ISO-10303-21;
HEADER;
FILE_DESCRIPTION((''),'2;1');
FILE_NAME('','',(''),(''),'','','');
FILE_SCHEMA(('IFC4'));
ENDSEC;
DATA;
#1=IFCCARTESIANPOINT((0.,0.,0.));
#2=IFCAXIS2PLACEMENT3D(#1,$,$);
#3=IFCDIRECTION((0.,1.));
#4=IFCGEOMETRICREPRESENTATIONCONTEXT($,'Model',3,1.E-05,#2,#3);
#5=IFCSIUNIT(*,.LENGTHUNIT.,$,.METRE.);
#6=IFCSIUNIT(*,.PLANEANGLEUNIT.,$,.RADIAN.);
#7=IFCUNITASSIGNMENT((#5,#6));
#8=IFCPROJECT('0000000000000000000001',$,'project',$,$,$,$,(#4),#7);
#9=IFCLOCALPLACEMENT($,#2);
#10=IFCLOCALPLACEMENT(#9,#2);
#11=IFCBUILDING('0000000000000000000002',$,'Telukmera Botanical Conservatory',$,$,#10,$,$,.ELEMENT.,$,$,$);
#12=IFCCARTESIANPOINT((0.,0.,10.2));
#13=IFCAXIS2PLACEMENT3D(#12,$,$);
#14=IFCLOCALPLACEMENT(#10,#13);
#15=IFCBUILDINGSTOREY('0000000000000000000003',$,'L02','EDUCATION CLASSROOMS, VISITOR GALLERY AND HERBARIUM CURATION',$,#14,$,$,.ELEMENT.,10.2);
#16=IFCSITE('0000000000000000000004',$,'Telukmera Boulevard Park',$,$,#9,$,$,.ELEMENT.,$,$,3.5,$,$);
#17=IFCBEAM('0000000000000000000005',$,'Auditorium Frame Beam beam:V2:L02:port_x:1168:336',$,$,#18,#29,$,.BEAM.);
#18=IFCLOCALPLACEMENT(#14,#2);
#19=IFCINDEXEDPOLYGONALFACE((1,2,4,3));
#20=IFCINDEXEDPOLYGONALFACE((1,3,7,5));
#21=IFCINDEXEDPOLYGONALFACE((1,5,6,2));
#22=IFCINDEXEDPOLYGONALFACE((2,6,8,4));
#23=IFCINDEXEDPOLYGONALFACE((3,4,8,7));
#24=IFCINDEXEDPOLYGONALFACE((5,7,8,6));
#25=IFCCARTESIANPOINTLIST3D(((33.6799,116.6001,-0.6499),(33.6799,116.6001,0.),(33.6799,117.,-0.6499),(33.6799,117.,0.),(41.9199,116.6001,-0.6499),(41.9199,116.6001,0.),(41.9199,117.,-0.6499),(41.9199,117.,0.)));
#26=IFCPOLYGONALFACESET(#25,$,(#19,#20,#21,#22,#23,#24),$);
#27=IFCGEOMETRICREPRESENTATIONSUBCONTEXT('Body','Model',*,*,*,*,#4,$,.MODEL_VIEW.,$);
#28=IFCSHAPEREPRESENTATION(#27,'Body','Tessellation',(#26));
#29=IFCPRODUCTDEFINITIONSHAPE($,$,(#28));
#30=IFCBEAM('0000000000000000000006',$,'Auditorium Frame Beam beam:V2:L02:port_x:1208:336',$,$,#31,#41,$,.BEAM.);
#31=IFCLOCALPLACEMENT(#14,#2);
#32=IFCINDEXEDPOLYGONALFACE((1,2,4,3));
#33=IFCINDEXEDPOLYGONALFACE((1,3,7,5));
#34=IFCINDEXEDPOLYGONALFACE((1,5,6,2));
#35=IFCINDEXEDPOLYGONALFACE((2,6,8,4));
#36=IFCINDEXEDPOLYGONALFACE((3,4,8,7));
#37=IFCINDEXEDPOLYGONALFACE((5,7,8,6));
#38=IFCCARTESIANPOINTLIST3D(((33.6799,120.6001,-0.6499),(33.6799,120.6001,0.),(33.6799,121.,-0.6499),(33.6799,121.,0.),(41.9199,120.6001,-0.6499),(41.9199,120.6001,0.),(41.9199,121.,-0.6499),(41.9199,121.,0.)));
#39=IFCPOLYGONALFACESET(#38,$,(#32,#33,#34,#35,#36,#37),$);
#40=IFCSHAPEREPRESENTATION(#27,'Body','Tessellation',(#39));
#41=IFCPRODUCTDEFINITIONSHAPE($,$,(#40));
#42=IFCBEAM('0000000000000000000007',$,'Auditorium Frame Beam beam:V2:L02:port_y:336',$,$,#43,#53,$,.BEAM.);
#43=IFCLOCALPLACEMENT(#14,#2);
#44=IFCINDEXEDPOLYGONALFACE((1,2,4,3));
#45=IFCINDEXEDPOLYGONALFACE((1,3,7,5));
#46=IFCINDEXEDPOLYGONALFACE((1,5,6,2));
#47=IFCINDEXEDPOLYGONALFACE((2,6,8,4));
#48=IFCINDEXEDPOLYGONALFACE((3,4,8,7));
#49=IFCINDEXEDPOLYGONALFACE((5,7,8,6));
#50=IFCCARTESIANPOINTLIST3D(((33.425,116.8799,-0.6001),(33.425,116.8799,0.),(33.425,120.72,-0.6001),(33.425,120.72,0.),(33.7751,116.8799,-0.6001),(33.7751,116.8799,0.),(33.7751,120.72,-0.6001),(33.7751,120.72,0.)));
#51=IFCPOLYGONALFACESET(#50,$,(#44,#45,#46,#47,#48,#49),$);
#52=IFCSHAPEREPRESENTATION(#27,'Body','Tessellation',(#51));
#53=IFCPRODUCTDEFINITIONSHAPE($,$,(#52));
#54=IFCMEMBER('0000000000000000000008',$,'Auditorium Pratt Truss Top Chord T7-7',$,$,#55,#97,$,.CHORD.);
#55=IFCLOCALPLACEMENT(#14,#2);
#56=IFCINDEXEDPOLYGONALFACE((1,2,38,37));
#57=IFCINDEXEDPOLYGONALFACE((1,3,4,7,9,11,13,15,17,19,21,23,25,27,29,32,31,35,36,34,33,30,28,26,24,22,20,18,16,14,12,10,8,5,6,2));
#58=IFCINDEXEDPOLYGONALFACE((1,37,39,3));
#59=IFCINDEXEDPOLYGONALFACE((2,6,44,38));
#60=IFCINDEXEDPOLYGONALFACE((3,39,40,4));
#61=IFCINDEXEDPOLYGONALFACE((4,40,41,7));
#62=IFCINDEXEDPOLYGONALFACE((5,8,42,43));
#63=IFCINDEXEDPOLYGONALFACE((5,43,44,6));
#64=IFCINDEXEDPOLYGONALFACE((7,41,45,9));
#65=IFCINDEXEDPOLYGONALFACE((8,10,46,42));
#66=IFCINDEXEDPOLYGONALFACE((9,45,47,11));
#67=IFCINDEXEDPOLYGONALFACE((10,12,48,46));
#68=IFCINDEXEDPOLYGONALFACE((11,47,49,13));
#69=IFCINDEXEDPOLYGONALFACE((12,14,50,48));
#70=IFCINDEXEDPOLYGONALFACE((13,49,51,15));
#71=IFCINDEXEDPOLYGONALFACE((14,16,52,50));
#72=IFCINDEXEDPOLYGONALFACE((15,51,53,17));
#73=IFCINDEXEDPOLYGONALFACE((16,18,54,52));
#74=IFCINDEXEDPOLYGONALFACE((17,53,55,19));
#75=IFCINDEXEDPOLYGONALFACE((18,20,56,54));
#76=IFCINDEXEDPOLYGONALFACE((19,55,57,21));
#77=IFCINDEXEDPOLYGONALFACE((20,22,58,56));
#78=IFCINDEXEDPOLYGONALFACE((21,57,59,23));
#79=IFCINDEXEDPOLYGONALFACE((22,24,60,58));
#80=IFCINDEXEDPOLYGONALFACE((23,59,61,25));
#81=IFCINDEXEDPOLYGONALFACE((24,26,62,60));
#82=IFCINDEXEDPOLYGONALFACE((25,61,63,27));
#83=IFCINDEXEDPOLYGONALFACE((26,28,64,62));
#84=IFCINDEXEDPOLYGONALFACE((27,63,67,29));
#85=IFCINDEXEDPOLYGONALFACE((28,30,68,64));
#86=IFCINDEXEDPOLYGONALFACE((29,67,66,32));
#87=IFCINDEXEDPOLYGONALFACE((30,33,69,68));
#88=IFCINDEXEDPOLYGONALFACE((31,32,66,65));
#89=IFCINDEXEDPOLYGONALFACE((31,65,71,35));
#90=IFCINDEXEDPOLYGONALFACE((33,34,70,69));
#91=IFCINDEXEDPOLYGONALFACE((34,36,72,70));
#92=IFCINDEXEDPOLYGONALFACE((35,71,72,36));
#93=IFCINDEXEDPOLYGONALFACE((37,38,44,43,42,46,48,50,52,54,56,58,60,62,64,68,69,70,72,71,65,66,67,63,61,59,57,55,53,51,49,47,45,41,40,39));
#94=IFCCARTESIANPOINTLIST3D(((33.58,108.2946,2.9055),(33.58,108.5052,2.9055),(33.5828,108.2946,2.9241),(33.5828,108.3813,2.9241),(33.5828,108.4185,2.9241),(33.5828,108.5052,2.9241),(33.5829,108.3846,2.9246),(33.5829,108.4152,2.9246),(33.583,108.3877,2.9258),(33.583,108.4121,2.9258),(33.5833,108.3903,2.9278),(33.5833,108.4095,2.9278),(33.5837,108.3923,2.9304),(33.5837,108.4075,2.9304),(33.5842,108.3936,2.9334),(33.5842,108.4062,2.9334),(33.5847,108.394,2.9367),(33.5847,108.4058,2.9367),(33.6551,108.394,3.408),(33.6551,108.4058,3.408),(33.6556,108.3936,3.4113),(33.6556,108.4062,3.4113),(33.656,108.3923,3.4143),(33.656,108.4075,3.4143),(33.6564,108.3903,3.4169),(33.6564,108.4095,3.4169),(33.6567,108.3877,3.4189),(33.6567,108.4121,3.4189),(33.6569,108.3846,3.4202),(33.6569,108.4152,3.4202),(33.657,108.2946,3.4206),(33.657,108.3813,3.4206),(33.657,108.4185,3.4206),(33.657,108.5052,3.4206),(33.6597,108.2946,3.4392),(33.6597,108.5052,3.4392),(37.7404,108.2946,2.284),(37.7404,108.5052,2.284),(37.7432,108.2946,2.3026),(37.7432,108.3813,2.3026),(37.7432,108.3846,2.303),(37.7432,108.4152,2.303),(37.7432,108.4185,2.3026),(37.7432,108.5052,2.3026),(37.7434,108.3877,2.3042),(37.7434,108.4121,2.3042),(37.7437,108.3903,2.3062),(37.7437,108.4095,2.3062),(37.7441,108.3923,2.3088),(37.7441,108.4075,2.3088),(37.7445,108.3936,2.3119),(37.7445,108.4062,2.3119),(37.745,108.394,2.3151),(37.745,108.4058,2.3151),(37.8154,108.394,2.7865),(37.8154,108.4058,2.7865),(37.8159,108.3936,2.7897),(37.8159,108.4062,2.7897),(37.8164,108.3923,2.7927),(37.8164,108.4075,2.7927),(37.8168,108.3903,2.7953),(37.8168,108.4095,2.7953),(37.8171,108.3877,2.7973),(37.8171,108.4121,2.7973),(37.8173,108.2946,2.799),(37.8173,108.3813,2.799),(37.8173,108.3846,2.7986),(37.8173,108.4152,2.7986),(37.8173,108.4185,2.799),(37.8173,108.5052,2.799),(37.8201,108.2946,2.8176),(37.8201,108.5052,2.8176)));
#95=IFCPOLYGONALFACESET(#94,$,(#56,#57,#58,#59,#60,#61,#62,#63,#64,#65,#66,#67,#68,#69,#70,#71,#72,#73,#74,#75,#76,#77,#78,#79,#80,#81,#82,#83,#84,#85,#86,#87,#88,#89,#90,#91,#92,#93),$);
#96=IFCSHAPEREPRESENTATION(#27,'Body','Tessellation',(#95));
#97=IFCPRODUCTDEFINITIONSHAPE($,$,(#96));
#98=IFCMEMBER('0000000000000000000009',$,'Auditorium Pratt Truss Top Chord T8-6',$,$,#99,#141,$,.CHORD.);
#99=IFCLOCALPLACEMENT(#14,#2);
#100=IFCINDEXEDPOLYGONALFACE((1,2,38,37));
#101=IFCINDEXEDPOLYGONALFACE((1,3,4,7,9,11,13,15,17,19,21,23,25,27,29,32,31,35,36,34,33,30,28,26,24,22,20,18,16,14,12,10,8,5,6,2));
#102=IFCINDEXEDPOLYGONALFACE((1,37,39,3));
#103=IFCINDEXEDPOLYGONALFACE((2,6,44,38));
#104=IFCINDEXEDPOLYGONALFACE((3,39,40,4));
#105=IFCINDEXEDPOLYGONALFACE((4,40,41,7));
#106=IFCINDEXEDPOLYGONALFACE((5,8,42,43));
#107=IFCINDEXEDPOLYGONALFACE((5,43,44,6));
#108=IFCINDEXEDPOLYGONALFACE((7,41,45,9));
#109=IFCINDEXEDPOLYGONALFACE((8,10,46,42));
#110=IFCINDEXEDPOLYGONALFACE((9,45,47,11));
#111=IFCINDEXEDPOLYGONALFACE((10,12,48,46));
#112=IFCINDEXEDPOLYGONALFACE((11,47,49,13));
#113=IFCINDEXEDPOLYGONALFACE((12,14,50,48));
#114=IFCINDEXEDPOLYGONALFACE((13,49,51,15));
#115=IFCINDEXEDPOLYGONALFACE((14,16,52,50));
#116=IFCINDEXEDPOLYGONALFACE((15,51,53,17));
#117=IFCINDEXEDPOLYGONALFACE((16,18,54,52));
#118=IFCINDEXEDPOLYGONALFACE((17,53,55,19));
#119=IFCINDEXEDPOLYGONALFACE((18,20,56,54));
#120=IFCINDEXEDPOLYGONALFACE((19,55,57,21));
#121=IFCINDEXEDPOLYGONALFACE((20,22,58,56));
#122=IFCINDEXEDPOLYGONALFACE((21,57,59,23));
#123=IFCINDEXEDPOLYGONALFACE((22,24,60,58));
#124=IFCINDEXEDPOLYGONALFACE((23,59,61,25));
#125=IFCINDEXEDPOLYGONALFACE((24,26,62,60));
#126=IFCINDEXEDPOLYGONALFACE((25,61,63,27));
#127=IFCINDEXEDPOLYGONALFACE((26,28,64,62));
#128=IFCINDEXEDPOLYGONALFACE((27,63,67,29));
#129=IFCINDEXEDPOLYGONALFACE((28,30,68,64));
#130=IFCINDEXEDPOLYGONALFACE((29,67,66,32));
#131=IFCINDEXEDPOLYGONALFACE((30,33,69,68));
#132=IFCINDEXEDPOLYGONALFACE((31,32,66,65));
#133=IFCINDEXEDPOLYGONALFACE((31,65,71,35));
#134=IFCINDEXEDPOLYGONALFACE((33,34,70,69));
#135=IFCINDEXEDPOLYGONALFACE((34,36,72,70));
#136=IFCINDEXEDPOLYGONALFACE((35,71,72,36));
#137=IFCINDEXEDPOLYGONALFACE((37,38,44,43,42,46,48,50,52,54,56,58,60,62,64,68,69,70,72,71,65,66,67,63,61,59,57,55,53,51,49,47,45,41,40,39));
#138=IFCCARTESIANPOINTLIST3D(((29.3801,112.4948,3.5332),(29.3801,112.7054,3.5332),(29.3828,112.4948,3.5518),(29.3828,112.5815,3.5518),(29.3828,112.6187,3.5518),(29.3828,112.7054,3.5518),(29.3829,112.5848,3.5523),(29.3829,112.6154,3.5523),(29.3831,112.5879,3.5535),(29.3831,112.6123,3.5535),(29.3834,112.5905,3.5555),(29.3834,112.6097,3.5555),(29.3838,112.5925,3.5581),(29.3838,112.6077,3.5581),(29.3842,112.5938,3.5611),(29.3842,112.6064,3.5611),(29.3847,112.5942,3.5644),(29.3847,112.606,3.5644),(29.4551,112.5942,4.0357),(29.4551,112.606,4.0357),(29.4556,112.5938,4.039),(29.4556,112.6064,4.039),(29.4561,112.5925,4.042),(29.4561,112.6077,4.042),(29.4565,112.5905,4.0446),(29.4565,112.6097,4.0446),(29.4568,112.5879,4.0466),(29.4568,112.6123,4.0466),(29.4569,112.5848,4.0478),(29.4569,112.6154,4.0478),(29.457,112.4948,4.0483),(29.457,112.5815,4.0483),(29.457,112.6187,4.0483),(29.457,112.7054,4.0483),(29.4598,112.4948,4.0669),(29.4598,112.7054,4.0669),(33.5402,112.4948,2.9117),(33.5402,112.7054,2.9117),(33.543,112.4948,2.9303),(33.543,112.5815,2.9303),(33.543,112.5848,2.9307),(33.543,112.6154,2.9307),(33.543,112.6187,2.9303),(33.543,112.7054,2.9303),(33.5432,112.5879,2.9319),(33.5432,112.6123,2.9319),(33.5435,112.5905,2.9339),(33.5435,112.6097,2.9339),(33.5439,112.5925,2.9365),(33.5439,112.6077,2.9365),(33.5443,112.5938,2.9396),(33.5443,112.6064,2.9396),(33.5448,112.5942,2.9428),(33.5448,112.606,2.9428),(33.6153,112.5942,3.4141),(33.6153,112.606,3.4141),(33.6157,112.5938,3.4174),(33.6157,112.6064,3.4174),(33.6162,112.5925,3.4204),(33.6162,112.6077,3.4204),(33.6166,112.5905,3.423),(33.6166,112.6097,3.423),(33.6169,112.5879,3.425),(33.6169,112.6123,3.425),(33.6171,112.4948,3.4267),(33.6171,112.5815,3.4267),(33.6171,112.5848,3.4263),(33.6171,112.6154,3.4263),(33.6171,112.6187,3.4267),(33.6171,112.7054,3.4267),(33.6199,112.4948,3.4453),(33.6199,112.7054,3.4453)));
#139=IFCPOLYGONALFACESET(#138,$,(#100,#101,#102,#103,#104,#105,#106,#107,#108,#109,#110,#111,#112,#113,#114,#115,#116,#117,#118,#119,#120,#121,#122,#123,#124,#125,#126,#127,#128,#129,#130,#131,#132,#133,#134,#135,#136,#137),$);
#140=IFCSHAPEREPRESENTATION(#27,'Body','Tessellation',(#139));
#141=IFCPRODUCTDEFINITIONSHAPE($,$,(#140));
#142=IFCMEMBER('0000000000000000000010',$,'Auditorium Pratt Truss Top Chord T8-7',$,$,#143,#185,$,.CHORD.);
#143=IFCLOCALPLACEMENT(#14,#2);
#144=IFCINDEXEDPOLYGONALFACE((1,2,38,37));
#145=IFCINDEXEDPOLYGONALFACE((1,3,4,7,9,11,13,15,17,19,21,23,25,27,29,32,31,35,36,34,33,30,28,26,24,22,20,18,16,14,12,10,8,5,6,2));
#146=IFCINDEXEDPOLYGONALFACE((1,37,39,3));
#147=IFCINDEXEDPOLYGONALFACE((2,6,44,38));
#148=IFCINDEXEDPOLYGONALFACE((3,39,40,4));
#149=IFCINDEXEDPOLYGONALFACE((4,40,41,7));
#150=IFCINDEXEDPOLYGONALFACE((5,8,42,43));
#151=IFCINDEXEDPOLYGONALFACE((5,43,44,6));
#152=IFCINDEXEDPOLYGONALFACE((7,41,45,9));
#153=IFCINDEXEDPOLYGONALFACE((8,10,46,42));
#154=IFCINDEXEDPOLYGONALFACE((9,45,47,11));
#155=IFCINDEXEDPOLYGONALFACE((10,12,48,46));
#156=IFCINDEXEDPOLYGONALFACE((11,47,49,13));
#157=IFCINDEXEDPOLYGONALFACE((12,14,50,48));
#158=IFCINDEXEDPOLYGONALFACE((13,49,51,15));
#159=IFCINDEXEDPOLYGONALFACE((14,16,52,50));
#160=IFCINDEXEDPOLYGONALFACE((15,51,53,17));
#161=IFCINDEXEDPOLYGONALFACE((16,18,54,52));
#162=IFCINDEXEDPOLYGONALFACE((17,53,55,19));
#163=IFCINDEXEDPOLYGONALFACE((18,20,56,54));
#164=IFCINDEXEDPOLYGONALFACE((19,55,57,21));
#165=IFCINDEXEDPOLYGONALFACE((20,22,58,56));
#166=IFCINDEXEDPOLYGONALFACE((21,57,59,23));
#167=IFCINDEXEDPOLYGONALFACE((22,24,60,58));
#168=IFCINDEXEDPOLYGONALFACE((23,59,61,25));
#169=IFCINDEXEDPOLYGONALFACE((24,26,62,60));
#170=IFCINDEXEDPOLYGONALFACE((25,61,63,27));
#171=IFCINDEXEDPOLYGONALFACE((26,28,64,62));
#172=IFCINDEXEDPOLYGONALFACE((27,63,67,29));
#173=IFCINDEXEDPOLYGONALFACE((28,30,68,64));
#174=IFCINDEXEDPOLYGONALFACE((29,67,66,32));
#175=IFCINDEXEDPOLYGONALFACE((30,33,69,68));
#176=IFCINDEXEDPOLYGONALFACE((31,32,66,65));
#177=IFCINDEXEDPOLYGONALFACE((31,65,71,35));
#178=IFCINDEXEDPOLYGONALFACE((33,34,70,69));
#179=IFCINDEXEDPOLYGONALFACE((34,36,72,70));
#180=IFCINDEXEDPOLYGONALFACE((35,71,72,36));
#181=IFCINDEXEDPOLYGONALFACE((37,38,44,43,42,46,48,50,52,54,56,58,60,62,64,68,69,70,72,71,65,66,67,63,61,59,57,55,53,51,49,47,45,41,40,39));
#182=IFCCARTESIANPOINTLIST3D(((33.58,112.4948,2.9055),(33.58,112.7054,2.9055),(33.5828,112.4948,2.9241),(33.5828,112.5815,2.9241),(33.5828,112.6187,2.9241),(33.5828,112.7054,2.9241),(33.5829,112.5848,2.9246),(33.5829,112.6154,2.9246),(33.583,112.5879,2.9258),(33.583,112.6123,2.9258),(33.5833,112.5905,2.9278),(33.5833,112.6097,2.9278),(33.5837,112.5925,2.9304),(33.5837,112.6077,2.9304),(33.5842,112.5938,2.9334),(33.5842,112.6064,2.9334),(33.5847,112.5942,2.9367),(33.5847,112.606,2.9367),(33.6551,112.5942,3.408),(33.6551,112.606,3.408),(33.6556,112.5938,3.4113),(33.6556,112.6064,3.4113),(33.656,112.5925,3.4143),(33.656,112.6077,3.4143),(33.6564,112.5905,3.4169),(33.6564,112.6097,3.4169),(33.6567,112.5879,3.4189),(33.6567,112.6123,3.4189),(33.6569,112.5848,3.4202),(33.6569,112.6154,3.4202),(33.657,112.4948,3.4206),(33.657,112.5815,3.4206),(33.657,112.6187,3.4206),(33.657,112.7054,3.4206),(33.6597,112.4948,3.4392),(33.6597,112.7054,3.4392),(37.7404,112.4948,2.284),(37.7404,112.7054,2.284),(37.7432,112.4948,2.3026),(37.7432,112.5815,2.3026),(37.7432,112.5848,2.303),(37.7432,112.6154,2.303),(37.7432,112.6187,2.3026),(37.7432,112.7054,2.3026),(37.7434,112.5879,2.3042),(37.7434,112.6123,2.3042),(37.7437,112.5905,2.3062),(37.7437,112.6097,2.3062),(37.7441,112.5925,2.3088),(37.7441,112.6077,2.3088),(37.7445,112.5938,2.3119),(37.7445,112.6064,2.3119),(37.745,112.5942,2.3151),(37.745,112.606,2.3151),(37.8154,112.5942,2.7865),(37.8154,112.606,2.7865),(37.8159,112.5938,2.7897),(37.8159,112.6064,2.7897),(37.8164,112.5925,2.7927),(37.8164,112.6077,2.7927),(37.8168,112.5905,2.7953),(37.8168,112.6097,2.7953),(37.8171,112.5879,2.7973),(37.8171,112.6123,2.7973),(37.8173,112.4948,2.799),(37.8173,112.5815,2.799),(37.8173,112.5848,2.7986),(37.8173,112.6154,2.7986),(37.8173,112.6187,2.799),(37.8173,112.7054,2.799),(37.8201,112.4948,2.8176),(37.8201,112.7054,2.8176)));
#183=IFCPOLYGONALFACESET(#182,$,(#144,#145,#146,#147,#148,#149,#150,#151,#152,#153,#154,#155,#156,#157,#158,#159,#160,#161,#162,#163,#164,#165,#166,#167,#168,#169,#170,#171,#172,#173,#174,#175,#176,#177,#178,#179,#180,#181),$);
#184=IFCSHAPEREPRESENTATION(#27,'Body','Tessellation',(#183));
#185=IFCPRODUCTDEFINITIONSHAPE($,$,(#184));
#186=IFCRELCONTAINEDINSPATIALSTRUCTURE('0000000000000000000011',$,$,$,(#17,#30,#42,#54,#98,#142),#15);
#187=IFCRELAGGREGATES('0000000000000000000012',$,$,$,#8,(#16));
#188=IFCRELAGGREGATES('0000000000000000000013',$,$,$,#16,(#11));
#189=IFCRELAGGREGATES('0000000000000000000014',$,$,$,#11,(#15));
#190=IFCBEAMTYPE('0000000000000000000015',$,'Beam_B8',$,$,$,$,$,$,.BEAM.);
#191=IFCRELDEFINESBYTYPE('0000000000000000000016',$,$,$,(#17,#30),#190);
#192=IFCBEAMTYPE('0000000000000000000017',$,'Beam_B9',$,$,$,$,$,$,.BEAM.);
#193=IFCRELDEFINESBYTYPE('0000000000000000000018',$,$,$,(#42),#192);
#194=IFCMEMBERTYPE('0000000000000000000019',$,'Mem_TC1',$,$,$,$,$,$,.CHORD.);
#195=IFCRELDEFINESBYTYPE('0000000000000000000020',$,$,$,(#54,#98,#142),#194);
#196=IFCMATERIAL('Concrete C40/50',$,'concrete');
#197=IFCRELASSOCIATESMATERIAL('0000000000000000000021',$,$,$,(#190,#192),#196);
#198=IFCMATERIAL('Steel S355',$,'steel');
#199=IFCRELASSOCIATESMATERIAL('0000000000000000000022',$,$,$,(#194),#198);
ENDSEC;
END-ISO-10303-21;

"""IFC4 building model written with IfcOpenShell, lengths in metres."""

from ifc_helpers import new_model, si_unit, direction, frame, origin, origin_2d, place, context, subcontext, project, spatial, rectangle, i_section, extrude, material, material_profile, profile_set, type_object, element, save


model = new_model("IFC4")

# Units and contexts
model_context = context("Model", 3, precision=1e-05, world=origin(), true_north=direction((0.0, 1.0)))
body_context = subcontext(model_context, "Body", "Model", "MODEL_VIEW")
ifc_project = project(units=[si_unit("LENGTHUNIT", "METRE"), si_unit("PLANEANGLEUNIT", "RADIAN")], contexts=[model_context])

# Site, building, storey
site_placement = place(None, origin())
site = spatial("IfcSite", under=ifc_project, at=site_placement, Name="Telukmera Boulevard Park", CompositionType="ELEMENT", RefElevation=3.5)
building_placement = place(site_placement, origin())
building = spatial("IfcBuilding", under=site, at=building_placement, Name="Telukmera Botanical Conservatory", CompositionType="ELEMENT")
storey_placement = place(building_placement, frame((0.0, 0.0, 10.2)))
storey = spatial("IfcBuildingStorey", under=building, at=storey_placement, Name="L02", Description="EDUCATION CLASSROOMS, VISITOR GALLERY AND HERBARIUM CURATION", CompositionType="ELEMENT", Elevation=10.2)

# Beams
ifc_material_1 = material(Name="Concrete C40/50", Category="concrete")
ifc_material_profile_1 = material_profile(ifc_material_1, rectangle(XDim=0.3999, YDim=0.6499, at=origin_2d()), Name="RC 400x650")
ifc_profile_set_1 = profile_set([ifc_material_profile_1], Name="Concrete C40/50")
beam_type_1 = type_object("IfcBeamType", Name="Beam_B8", PredefinedType="BEAM", material=ifc_profile_set_1)
for number, where, z_axis, x_axis, name in (
    (1, (33.6799, 116.8, -0.325), (1.0, 0.0, 0.0), (0.0, 1.0, 0.0), "Auditorium Frame Beam beam:V2:L02:port_x:1168:336"),
    (2, (33.6799, 120.8, -0.325), (1.0, 0.0, 0.0), (0.0, 1.0, 0.0), "Auditorium Frame Beam beam:V2:L02:port_x:1208:336"),
):
    element("IfcBeam", number, at=place(storey_placement, frame(where, z_axis=z_axis, x_axis=x_axis)), inside=storey, type_object=beam_type_1, Name=name, PredefinedType="BEAM", context=body_context, shape_type="SweptSolid", body=[
        extrude(rectangle(XDim=0.3999, YDim=0.6499, at=origin_2d()), origin(), (0.0, 0.0, 1.0), 8.24),
    ])
ifc_material_profile_2 = material_profile(ifc_material_1, rectangle(XDim=0.3501, YDim=0.6001, at=origin_2d()), Name="RC 350x600")
ifc_profile_set_2 = profile_set([ifc_material_profile_2], Name="Concrete C40/50")
beam_type_2 = type_object("IfcBeamType", Name="Beam_B9", PredefinedType="BEAM", material=ifc_profile_set_2)
beam_placement = place(storey_placement, frame((33.6001, 116.8799, -0.3), z_axis=(0.0, 1.0, 0.0), x_axis=(-1.0, 0.0, 0.0)))
element("IfcBeam", 3, at=beam_placement, inside=storey, type_object=beam_type_2, Name="Auditorium Frame Beam beam:V2:L02:port_y:336", PredefinedType="BEAM", context=body_context, shape_type="SweptSolid", body=[
    extrude(rectangle(XDim=0.3501, YDim=0.6001, at=origin_2d()), origin(), (0.0, 0.0, 1.0), 3.8401),
])

# Members
ifc_material_2 = material(Name="Steel S355", Category="steel")
ifc_material_profile_3 = material_profile(ifc_material_2, i_section(OverallWidth=0.2107, OverallDepth=0.5396, WebThickness=0.0117, FlangeThickness=0.0188, FilletRadius=0.0127, at=origin_2d()), Name="UB 533x210x109")
ifc_profile_set_3 = profile_set([ifc_material_profile_3], Name="Steel S355")
member_type_1 = type_object("IfcMemberType", Name="Mem_TC1", PredefinedType="CHORD", material=ifc_profile_set_3)
member_1_placement = place(storey_placement, frame((33.6199, 108.3999, 3.1724), z_axis=(0.989023, 0.0, -0.147764), x_axis=(0.0, 1.0, 0.0)))
element("IfcMember", 4, at=member_1_placement, inside=storey, type_object=member_type_1, Name="Auditorium Pratt Truss Top Chord T7-7", PredefinedType="CHORD", context=body_context, shape_type="SweptSolid", body=[
    extrude(i_section(OverallWidth=0.2107, OverallDepth=0.5396, WebThickness=0.0117, FlangeThickness=0.0188, FilletRadius=0.0127, at=origin_2d()), origin(), (0.0, 0.0, 1.0), 4.2065),
])
member_2_placement = place(storey_placement, frame((29.4199, 112.6001, 3.8), z_axis=(0.989021, 0.0, -0.147773), x_axis=(0.0, 1.0, 0.0)))
element("IfcMember", 5, at=member_2_placement, inside=storey, type_object=member_type_1, Name="Auditorium Pratt Truss Top Chord T8-6", PredefinedType="CHORD", context=body_context, shape_type="SweptSolid", body=[
    extrude(i_section(OverallWidth=0.2107, OverallDepth=0.5396, WebThickness=0.0117, FlangeThickness=0.0188, FilletRadius=0.0127, at=origin_2d()), origin(), (0.0, 0.0, 1.0), 4.2063),
])
member_3_placement = place(storey_placement, frame((33.6199, 112.6001, 3.1724), z_axis=(0.989023, 0.0, -0.147764), x_axis=(0.0, 1.0, 0.0)))
element("IfcMember", 6, at=member_3_placement, inside=storey, type_object=member_type_1, Name="Auditorium Pratt Truss Top Chord T8-7", PredefinedType="CHORD", context=body_context, shape_type="SweptSolid", body=[
    extrude(i_section(OverallWidth=0.2107, OverallDepth=0.5396, WebThickness=0.0117, FlangeThickness=0.0188, FilletRadius=0.0127, at=origin_2d()), origin(), (0.0, 0.0, 1.0), 4.2065),
])

save(model, "model.ifc")
